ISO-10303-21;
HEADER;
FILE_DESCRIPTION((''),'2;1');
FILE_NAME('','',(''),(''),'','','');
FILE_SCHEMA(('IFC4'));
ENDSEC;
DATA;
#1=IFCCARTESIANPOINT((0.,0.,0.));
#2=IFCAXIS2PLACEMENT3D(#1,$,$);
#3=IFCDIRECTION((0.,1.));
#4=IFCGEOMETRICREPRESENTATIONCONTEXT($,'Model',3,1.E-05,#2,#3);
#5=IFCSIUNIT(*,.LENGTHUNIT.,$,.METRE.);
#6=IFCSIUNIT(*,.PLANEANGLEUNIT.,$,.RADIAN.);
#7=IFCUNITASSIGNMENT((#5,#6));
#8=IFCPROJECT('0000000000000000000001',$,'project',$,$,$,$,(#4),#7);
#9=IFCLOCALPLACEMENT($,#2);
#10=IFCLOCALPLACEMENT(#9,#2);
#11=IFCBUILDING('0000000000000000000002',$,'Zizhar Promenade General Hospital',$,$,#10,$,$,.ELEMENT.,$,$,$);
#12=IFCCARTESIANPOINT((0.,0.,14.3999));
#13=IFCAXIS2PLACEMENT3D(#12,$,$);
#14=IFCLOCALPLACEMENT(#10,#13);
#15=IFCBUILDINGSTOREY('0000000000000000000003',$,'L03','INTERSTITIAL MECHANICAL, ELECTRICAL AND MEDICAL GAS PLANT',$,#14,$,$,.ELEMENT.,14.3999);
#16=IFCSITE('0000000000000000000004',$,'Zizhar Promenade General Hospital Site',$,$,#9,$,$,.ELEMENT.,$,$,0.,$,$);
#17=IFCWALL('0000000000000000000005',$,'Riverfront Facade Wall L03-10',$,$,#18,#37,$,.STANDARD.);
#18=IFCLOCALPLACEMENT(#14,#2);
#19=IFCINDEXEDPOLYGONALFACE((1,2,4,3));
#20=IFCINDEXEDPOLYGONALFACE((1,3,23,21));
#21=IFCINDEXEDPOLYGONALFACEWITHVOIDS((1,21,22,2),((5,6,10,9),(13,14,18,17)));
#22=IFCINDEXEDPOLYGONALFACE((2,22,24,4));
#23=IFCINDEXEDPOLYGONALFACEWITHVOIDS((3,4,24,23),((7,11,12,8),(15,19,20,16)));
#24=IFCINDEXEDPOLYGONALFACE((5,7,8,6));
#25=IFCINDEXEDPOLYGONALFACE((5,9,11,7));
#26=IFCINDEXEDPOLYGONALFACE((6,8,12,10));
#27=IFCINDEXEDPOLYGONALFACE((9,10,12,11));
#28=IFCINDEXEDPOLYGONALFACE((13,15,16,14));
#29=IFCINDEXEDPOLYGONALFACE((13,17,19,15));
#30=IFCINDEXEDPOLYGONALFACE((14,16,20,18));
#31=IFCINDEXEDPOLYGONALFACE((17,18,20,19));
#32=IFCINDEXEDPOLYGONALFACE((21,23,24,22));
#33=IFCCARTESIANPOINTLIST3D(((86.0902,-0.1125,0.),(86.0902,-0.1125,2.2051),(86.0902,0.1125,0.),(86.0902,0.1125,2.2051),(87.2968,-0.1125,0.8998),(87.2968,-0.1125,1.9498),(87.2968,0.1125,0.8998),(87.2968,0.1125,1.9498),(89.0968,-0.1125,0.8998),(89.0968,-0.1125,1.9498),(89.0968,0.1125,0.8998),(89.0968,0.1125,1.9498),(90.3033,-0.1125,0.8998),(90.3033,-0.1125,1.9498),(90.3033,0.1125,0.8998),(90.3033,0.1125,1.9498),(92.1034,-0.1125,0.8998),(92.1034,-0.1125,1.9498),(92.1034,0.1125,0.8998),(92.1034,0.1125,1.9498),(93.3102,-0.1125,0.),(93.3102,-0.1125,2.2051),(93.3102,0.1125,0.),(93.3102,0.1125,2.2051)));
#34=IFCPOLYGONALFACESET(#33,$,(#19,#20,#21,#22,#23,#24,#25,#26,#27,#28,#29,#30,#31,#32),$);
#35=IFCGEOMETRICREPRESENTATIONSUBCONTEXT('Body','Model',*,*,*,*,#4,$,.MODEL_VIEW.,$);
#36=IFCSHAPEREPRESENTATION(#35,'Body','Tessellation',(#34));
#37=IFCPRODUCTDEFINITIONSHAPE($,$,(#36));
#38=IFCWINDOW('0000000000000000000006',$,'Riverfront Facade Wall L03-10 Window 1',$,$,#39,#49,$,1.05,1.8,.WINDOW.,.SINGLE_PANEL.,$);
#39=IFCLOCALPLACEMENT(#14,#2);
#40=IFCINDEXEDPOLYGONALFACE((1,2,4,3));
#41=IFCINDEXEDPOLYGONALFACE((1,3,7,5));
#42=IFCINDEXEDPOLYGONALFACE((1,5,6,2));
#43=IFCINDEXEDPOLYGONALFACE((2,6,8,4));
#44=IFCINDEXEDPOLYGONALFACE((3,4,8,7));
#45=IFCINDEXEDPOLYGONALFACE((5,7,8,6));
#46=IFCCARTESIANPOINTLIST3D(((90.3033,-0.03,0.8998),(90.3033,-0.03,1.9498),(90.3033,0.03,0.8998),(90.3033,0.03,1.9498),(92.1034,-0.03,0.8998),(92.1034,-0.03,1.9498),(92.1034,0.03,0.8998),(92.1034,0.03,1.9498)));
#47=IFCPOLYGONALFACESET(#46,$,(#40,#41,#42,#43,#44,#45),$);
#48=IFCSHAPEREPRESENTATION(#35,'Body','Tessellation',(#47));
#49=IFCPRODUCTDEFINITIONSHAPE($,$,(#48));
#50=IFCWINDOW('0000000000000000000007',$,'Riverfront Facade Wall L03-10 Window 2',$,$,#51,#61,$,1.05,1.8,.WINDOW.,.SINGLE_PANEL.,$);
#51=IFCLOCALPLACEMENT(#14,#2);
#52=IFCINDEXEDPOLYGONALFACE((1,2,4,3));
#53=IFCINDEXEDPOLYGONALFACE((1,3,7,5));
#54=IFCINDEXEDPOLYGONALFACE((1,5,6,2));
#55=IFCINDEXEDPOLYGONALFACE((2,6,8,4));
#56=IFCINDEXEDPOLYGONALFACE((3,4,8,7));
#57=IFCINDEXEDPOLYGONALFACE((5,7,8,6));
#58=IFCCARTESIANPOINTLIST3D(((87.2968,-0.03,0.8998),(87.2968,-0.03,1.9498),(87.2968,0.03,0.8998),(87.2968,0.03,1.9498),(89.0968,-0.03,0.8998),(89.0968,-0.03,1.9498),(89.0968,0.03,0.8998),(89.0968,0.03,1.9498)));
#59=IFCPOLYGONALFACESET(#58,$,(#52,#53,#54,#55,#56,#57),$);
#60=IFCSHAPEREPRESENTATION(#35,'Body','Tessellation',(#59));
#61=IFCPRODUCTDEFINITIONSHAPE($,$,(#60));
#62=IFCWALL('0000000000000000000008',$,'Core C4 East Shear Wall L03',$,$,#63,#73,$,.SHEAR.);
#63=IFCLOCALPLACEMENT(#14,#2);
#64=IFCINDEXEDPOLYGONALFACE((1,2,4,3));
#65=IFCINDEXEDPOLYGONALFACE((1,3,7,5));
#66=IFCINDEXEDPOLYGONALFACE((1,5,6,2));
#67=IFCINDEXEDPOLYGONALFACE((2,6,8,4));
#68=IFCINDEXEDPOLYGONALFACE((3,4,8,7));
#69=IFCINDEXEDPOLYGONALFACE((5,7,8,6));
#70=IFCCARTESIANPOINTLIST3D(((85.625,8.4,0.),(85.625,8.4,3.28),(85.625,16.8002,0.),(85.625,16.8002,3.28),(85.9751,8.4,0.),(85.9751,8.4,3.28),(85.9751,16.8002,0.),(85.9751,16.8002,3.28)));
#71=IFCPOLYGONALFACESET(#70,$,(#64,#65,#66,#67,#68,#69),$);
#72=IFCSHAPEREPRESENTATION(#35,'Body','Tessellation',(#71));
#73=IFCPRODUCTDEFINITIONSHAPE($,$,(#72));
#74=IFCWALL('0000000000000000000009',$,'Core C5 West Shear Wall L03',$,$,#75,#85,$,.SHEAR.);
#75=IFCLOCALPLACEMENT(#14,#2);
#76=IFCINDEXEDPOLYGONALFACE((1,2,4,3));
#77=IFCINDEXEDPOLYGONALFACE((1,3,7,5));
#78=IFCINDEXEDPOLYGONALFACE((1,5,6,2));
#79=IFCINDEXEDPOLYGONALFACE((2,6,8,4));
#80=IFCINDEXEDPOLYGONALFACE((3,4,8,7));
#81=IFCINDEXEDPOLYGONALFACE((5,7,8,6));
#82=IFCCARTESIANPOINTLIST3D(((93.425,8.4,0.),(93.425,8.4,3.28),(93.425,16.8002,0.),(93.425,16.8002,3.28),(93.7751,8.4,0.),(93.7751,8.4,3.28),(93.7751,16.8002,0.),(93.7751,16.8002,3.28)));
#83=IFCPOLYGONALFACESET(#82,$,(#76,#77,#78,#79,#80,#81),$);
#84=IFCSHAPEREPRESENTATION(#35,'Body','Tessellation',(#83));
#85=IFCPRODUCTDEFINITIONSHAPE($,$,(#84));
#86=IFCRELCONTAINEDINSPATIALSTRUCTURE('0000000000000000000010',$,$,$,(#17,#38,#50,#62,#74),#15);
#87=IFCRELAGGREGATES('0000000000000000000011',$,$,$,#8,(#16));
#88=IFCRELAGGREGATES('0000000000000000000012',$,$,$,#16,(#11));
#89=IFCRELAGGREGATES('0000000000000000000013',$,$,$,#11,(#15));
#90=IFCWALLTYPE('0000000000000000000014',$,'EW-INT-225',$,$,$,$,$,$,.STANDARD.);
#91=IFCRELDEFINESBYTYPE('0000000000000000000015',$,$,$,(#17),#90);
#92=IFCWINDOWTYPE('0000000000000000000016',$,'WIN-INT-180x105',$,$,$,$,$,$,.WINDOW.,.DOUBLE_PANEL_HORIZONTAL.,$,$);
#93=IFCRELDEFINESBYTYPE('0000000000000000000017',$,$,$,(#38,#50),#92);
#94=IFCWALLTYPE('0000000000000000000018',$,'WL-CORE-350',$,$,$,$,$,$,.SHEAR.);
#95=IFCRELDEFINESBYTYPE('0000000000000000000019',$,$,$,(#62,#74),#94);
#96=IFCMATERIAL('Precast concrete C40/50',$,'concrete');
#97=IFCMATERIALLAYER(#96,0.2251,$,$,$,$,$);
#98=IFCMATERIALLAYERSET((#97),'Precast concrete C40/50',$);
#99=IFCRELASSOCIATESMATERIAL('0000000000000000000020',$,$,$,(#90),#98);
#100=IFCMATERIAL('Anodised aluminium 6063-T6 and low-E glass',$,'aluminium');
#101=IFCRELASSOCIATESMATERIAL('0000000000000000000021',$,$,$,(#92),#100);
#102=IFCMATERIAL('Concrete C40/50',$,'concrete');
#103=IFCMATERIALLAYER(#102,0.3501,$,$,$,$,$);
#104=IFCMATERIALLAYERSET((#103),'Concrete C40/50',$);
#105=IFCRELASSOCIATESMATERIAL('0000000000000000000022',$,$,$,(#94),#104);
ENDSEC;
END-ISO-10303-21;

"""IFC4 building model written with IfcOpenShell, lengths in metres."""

from ifc_helpers import new_model, si_unit, direction, frame, frame_2d, origin, place, context, subcontext, project, spatial, rectangle, extrude, material, layer, layer_set, type_object, element, fill, save


model = new_model("IFC4")

# Units and contexts
model_context = context("Model", 3, precision=1e-05, world=origin(), true_north=direction((0.0, 1.0)))
body_context = subcontext(model_context, "Body", "Model", "MODEL_VIEW")
ifc_project = project(units=[si_unit("LENGTHUNIT", "METRE"), si_unit("PLANEANGLEUNIT", "RADIAN")], contexts=[model_context])

# Site, building, storey
site_placement = place(None, origin())
site = spatial("IfcSite", under=ifc_project, at=site_placement, Name="Zizhar Promenade General Hospital Site", CompositionType="ELEMENT", RefElevation=0.0)
building_placement = place(site_placement, origin())
building = spatial("IfcBuilding", under=site, at=building_placement, Name="Zizhar Promenade General Hospital", CompositionType="ELEMENT")
storey_placement = place(building_placement, frame((0.0, 0.0, 14.3999)))
storey = spatial("IfcBuildingStorey", under=building, at=storey_placement, Name="L03", Description="INTERSTITIAL MECHANICAL, ELECTRICAL AND MEDICAL GAS PLANT", CompositionType="ELEMENT", Elevation=14.3999)

# Wall, openings, windows
ifc_material_1 = material(Name="Precast concrete C40/50", Category="concrete")
ifc_layer_1 = layer(ifc_material_1, 0.2251)
ifc_layer_set_1 = layer_set([ifc_layer_1], Name="Precast concrete C40/50")
wall_type_1 = type_object("IfcWallType", Name="EW-INT-225", PredefinedType="STANDARD", material=ifc_layer_set_1)
ifc_material_2 = material(Name="Anodised aluminium 6063-T6 and low-E glass", Category="aluminium")
window_type = type_object("IfcWindowType", Name="WIN-INT-180x105", PartitioningType="DOUBLE_PANEL_HORIZONTAL", PredefinedType="WINDOW", material=ifc_material_2)
wall_1_placement = place(storey_placement, frame((93.3101, 0.0, 0.0), z_axis=(0.0, 0.0, 1.0), x_axis=(-1.0, 0.0, 0.0)))
wall_1 = element("IfcWall", 1, at=wall_1_placement, inside=storey, type_object=wall_type_1, Name="Riverfront Facade Wall L03-10", PredefinedType="STANDARD", context=body_context, shape_type="SweptSolid", body=[
    extrude(rectangle(XDim=7.22, YDim=0.2251, at=frame_2d((3.6099, 0.0))), origin(), (0.0, 0.0, 1.0), 2.2051),
])
opening_1_placement = place(wall_1_placement, frame((1.2068, 0.0, 0.8999)))
opening_1 = element("IfcOpeningElement", 2, at=opening_1_placement, cuts=wall_1, PredefinedType="OPENING", context=body_context, shape_type="SweptSolid", body=[
    extrude(rectangle(XDim=1.8, YDim=1.05, at=frame_2d((0.8999, 0.5249))), frame((0.0, 0.1226, 0.0), z_axis=(0.0, -1.0, 0.0), x_axis=(1.0, 0.0, 0.0)), (0.0, 0.0, 1.0), 0.2451),
])
opening_2_placement = place(wall_1_placement, frame((4.2134, 0.0, 0.8999)))
opening_2 = element("IfcOpeningElement", 3, at=opening_2_placement, cuts=wall_1, PredefinedType="OPENING", context=body_context, shape_type="SweptSolid", body=[
    extrude(rectangle(XDim=1.8, YDim=1.05, at=frame_2d((0.8999, 0.5249))), frame((0.0, 0.1226, 0.0), z_axis=(0.0, -1.0, 0.0), x_axis=(1.0, 0.0, 0.0)), (0.0, 0.0, 1.0), 0.2451),
])
window_1_placement = place(opening_1_placement, origin())
window_1 = element("IfcWindow", 4, at=window_1_placement, inside=storey, type_object=window_type, Name="Riverfront Facade Wall L03-10 Window 1", OverallHeight=1.05, OverallWidth=1.8, PartitioningType="SINGLE_PANEL", PredefinedType="WINDOW", context=body_context, shape_type="SweptSolid", body=[
    extrude(rectangle(XDim=1.8, YDim=1.05, at=frame_2d((0.8999, 0.5249))), frame((0.0, 0.03, 0.0), z_axis=(0.0, -1.0, 0.0), x_axis=(1.0, 0.0, 0.0)), (0.0, 0.0, 1.0), 0.0601),
])
fill(opening_1, window_1)
window_2_placement = place(opening_2_placement, origin())
window_2 = element("IfcWindow", 5, at=window_2_placement, inside=storey, type_object=window_type, Name="Riverfront Facade Wall L03-10 Window 2", OverallHeight=1.05, OverallWidth=1.8, PartitioningType="SINGLE_PANEL", PredefinedType="WINDOW", context=body_context, shape_type="SweptSolid", body=[
    extrude(rectangle(XDim=1.8, YDim=1.05, at=frame_2d((0.8999, 0.5249))), frame((0.0, 0.03, 0.0), z_axis=(0.0, -1.0, 0.0), x_axis=(1.0, 0.0, 0.0)), (0.0, 0.0, 1.0), 0.0601),
])
fill(opening_2, window_2)

# Walls
ifc_material_3 = material(Name="Concrete C40/50", Category="concrete")
ifc_layer_2 = layer(ifc_material_3, 0.3501)
ifc_layer_set_2 = layer_set([ifc_layer_2], Name="Concrete C40/50")
wall_type_2 = type_object("IfcWallType", Name="WL-CORE-350", PredefinedType="SHEAR", material=ifc_layer_set_2)
for number, where, z_axis, x_axis, name in (
    (6, (85.8, 8.3999, 0.0), (0.0, 0.0, 1.0), (0.0, 1.0, 0.0), "Core C4 East Shear Wall L03"),
    (7, (93.6001, 8.3999, 0.0), (0.0, 0.0, 1.0), (0.0, 1.0, 0.0), "Core C5 West Shear Wall L03"),
):
    element("IfcWall", number, at=place(storey_placement, frame(where, z_axis=z_axis, x_axis=x_axis)), inside=storey, type_object=wall_type_2, Name=name, PredefinedType="SHEAR", context=body_context, shape_type="SweptSolid", body=[
        extrude(rectangle(XDim=8.4001, YDim=0.3501, at=frame_2d((4.2002, 0.0))), origin(), (0.0, 0.0, 1.0), 3.28),
    ])

save(model, "model.ifc")
